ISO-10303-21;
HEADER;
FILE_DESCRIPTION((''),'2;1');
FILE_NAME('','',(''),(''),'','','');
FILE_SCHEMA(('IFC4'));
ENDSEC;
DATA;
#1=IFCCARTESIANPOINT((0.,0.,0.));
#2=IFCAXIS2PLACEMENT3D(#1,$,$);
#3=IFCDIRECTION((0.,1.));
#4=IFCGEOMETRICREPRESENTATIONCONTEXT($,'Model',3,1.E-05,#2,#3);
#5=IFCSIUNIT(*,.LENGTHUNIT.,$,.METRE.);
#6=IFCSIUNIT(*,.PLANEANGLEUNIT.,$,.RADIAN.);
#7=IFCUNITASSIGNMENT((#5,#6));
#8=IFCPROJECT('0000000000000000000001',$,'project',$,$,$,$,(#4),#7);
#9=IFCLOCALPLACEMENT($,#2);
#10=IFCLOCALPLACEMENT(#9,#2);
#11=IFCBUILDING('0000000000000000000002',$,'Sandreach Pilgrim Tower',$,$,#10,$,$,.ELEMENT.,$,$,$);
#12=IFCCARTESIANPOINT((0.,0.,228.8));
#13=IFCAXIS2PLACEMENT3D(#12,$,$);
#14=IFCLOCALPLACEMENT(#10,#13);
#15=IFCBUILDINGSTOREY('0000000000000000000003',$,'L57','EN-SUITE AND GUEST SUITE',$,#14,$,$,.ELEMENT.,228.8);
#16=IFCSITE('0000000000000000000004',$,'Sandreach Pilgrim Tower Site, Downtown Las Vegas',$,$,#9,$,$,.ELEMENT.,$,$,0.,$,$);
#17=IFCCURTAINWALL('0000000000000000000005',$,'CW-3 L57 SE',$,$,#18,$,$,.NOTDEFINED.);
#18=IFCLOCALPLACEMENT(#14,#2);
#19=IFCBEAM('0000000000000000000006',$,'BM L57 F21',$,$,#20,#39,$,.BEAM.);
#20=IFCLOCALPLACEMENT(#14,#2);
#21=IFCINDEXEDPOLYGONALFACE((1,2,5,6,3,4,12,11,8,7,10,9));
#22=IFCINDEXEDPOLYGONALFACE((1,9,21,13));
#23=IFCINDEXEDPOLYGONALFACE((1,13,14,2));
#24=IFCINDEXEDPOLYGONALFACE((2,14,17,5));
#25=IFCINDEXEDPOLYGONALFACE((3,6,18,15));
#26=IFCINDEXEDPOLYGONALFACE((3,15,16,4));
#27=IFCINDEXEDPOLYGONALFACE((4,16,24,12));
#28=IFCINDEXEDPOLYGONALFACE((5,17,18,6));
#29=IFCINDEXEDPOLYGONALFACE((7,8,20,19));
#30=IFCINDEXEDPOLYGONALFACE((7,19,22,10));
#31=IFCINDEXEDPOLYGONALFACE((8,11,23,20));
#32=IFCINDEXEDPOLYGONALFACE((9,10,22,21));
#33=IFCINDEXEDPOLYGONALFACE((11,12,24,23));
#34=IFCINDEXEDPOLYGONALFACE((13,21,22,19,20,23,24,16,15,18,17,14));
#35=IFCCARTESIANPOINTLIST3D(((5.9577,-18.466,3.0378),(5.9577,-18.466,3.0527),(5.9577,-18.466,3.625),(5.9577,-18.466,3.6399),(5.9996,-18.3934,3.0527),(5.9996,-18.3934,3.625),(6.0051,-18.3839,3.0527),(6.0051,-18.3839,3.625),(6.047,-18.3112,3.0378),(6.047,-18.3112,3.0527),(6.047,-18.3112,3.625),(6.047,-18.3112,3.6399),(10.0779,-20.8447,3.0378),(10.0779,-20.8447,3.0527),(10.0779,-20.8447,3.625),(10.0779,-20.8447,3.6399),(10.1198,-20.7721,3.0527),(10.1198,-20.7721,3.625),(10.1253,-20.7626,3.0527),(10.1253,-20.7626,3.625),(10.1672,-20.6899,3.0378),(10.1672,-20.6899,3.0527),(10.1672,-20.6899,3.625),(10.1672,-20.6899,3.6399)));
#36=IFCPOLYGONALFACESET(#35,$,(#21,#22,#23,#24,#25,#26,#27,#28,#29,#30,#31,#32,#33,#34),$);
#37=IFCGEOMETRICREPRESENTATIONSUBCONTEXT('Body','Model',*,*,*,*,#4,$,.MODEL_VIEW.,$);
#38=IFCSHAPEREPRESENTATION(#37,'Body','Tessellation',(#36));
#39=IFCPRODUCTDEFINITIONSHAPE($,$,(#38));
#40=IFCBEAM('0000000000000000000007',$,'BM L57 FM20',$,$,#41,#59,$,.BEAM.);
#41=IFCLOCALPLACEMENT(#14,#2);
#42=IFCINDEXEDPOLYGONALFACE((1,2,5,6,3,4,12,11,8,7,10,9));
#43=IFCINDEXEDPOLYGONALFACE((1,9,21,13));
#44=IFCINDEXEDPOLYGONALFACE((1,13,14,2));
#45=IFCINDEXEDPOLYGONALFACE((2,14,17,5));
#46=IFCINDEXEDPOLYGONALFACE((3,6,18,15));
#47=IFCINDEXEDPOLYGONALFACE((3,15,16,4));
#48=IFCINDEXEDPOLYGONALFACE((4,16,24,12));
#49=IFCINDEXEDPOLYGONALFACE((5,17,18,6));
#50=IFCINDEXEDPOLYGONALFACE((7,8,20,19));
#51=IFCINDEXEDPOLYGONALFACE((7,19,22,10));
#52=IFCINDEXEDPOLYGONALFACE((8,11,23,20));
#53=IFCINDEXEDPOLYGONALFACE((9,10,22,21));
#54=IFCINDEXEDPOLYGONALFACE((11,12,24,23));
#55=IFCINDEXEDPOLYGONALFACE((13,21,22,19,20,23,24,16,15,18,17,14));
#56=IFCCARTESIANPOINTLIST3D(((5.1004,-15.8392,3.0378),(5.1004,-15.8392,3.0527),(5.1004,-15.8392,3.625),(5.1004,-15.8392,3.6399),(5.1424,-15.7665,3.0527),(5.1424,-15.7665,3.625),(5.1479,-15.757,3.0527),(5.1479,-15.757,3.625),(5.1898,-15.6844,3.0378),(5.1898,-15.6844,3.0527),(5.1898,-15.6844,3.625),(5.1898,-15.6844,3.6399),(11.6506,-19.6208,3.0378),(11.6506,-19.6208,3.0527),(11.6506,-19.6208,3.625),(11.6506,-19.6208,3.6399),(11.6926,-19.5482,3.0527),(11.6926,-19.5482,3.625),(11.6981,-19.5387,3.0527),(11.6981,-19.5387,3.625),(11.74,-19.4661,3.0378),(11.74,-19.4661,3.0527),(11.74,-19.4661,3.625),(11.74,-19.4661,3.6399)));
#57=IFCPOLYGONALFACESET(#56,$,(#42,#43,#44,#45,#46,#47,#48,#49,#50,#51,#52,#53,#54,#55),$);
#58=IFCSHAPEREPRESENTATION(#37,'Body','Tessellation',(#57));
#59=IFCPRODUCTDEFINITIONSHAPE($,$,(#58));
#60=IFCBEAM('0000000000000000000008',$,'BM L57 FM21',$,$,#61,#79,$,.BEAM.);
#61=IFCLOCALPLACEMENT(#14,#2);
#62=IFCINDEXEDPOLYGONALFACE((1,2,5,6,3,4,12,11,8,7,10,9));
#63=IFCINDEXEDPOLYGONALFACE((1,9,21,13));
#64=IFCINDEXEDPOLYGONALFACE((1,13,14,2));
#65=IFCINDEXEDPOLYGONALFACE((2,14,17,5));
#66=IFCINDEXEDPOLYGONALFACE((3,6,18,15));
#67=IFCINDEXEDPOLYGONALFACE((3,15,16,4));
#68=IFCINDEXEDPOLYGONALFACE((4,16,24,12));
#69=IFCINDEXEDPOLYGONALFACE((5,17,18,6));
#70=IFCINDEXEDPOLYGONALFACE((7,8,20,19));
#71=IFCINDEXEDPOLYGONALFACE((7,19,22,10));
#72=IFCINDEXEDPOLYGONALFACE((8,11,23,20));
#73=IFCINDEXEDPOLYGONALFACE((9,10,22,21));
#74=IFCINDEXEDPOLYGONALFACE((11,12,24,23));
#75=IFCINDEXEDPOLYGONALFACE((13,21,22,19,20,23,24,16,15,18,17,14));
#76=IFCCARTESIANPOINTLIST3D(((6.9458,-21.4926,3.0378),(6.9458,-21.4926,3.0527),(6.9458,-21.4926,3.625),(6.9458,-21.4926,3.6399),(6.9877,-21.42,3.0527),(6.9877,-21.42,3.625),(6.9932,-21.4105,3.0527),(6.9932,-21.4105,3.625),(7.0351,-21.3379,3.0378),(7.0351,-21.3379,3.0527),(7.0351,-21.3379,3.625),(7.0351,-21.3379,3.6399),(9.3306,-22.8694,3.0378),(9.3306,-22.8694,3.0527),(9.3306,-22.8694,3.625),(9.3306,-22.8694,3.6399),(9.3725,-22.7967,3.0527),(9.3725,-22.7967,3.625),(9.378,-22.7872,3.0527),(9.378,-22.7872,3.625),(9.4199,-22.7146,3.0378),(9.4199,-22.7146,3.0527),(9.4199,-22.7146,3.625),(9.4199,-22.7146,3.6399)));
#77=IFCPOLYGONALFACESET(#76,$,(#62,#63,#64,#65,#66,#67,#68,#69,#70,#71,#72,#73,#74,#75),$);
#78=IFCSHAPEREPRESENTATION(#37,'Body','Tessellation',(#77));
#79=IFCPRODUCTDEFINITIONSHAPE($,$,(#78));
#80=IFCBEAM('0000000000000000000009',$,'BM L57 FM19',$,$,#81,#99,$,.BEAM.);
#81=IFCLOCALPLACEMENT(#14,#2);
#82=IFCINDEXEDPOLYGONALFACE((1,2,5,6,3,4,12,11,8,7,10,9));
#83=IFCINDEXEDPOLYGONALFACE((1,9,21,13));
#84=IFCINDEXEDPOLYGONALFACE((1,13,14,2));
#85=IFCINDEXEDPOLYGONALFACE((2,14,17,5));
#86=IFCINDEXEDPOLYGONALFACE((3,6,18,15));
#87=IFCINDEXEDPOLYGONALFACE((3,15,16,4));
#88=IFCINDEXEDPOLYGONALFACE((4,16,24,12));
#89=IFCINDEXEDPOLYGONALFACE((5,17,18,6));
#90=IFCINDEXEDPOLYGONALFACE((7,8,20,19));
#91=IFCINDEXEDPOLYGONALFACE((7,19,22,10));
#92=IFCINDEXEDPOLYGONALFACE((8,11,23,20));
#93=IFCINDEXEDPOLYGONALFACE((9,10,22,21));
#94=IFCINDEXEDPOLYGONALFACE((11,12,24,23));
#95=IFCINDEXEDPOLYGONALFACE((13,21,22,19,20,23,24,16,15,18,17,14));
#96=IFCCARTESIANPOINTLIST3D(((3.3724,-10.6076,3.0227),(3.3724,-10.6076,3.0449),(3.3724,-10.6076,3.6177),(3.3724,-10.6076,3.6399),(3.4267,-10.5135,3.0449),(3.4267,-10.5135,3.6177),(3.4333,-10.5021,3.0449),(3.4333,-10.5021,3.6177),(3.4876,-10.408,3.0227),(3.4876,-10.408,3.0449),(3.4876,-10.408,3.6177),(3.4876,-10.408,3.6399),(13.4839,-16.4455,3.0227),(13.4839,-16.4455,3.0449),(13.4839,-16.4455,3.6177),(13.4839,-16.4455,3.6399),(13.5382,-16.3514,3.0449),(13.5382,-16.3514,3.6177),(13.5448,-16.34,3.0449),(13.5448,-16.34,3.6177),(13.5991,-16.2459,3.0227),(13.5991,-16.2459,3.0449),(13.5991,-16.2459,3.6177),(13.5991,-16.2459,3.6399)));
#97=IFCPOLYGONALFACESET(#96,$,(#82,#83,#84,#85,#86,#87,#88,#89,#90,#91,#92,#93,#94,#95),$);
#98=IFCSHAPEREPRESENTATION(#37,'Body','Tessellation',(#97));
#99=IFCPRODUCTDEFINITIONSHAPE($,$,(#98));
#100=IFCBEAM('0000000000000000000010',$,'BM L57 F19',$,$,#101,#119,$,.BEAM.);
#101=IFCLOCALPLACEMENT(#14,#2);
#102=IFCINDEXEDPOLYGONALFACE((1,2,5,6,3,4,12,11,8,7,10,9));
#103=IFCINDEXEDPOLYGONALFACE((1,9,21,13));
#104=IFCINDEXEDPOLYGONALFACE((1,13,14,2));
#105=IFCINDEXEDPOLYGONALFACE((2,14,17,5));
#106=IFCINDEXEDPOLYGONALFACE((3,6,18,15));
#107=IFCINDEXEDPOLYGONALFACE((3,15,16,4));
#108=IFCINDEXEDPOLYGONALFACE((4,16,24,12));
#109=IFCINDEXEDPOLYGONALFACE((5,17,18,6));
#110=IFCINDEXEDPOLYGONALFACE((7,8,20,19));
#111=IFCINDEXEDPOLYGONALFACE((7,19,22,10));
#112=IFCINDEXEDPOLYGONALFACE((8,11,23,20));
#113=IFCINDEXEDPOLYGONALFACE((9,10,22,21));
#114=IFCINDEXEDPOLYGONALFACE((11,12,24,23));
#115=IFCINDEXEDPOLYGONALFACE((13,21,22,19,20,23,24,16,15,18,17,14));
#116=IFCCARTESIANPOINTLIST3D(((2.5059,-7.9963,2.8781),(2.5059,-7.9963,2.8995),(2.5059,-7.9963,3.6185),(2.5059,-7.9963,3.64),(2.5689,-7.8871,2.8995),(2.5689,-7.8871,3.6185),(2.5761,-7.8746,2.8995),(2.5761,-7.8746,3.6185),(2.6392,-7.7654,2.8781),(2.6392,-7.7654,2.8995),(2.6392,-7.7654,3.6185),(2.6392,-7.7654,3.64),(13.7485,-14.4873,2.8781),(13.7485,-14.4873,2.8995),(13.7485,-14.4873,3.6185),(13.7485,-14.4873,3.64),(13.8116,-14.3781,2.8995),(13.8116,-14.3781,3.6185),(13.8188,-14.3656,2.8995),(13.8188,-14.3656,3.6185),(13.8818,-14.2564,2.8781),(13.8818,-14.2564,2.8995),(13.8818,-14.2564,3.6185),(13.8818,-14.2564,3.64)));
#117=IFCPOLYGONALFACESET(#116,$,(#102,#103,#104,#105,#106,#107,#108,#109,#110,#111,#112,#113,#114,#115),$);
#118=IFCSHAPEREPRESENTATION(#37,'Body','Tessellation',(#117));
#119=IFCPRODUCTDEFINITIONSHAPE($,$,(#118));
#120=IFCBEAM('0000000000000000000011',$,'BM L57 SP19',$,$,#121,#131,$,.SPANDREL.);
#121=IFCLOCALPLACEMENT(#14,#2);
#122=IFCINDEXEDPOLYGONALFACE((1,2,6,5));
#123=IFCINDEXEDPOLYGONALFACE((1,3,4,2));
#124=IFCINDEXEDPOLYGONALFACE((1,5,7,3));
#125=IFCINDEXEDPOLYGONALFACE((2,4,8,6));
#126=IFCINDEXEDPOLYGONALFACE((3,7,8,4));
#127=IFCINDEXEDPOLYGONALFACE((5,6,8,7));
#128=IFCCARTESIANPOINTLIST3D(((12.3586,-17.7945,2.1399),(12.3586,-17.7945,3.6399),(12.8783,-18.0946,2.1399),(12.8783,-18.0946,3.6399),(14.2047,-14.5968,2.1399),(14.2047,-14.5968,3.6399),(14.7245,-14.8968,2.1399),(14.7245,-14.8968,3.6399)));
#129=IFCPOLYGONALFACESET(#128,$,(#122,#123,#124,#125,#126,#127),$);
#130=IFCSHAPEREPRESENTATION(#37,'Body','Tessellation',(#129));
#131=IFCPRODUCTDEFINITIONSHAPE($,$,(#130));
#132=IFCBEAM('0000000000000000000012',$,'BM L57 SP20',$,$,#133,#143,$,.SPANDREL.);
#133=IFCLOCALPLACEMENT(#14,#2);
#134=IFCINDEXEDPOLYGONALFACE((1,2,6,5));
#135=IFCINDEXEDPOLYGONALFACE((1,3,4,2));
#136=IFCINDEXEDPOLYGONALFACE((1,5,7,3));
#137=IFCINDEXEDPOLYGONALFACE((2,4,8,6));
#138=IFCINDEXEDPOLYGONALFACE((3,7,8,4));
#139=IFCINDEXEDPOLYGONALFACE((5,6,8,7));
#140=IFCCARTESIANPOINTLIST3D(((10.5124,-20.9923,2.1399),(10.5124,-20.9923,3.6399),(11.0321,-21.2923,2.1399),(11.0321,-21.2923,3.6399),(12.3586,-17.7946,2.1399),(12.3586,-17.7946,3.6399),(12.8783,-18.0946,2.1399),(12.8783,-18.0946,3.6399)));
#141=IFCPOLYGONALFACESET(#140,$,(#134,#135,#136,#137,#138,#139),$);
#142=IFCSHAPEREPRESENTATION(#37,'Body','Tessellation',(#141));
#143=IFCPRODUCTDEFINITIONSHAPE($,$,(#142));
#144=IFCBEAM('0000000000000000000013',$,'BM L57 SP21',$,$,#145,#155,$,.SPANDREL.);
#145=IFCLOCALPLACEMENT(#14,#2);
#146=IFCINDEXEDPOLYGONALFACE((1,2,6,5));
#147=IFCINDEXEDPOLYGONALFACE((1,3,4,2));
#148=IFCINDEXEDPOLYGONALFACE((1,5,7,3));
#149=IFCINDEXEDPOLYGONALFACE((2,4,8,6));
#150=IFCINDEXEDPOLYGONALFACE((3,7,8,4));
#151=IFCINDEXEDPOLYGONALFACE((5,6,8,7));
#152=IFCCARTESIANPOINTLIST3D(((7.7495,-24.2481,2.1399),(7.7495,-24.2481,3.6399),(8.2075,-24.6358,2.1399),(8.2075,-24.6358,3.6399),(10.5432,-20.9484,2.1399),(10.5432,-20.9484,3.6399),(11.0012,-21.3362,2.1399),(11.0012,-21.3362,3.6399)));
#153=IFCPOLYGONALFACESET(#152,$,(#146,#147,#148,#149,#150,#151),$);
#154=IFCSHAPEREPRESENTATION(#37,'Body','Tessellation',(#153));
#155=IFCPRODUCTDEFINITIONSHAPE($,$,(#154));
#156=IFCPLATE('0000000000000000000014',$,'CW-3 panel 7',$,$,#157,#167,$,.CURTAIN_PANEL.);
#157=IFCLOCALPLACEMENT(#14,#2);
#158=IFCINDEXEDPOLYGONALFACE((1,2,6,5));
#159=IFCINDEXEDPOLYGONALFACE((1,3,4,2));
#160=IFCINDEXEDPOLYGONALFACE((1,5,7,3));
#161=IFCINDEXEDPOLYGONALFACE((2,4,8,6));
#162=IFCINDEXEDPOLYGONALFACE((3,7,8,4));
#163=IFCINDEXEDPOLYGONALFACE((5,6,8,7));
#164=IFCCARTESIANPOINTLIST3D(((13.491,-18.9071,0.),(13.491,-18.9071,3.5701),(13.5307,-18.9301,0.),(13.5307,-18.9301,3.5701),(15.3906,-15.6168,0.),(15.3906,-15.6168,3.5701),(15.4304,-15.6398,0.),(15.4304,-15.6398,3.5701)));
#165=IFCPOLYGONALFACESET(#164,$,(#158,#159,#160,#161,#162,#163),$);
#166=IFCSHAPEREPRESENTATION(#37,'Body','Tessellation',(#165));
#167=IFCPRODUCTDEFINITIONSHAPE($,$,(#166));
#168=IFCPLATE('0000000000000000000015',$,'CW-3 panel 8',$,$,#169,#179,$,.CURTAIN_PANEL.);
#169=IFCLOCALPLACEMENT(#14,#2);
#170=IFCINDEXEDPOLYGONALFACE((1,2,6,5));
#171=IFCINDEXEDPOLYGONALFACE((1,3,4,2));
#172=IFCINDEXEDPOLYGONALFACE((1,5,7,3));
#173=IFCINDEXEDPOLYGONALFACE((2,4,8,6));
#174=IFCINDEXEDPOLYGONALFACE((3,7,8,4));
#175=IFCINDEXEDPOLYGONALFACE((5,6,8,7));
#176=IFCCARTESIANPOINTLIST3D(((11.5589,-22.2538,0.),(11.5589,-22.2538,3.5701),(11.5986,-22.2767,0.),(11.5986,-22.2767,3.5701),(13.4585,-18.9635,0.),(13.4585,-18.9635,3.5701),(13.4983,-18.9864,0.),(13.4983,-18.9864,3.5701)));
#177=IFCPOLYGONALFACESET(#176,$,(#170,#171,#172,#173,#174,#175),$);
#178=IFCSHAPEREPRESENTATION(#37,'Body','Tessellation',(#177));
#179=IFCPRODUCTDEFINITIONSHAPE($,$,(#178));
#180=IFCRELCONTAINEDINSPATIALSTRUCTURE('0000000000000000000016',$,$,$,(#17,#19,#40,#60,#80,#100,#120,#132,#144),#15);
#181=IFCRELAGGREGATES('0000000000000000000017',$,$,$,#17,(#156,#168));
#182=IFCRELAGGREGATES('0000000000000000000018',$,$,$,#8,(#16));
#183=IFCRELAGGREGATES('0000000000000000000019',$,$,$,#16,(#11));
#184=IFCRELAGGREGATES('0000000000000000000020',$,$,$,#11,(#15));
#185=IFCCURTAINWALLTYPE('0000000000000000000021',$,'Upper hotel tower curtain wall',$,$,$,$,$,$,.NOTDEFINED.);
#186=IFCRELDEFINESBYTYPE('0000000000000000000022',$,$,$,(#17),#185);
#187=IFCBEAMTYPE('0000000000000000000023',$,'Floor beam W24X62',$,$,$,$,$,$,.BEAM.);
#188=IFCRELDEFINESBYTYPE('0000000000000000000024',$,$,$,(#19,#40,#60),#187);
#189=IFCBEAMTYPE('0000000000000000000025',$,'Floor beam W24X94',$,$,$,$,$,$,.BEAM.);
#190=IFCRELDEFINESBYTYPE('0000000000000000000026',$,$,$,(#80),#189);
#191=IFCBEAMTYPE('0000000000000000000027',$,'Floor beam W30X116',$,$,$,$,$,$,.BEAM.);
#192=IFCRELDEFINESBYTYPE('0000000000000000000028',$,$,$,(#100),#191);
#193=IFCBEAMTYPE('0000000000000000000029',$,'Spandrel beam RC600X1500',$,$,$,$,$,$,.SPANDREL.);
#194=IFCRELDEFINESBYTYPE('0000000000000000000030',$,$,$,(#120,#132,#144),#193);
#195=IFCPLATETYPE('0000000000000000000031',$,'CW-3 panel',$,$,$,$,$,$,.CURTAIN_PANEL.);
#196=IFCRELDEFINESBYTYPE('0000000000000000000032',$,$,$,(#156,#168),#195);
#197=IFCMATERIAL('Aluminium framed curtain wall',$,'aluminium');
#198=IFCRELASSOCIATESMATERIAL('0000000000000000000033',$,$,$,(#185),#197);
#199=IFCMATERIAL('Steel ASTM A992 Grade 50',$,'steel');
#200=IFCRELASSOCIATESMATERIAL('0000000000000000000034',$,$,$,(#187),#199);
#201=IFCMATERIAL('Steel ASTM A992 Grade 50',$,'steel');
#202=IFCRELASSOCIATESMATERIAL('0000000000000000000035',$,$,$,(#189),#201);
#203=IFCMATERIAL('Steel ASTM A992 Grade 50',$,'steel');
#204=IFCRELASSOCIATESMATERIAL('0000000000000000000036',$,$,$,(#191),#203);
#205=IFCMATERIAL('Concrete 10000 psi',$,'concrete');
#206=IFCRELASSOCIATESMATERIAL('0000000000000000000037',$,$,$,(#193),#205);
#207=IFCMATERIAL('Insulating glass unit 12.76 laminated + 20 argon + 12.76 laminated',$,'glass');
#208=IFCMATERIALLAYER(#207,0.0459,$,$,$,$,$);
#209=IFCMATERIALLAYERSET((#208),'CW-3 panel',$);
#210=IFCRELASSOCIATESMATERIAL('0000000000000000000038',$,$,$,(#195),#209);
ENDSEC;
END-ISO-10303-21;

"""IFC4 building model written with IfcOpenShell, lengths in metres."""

from ifc_helpers import new_model, si_unit, direction, frame, origin, origin_2d, place, context, subcontext, project, spatial, rectangle, i_section, extrude, material, layer, layer_set, material_profile, profile_set, type_object, element, aggregate, save


model = new_model("IFC4")

# Units and contexts
model_context = context("Model", 3, precision=1e-05, world=origin(), true_north=direction((0.0, 1.0)))
body_context = subcontext(model_context, "Body", "Model", "MODEL_VIEW")
ifc_project = project(units=[si_unit("LENGTHUNIT", "METRE"), si_unit("PLANEANGLEUNIT", "RADIAN")], contexts=[model_context])

# Site, building, storey
site_placement = place(None, origin())
site = spatial("IfcSite", under=ifc_project, at=site_placement, Name="Sandreach Pilgrim Tower Site, Downtown Las Vegas", CompositionType="ELEMENT", RefElevation=0.0)
building_placement = place(site_placement, origin())
building = spatial("IfcBuilding", under=site, at=building_placement, Name="Sandreach Pilgrim Tower", CompositionType="ELEMENT")
storey_placement = place(building_placement, frame((0.0, 0.0, 228.8)))
storey = spatial("IfcBuildingStorey", under=building, at=storey_placement, Name="L57", Description="EN-SUITE AND GUEST SUITE", CompositionType="ELEMENT", Elevation=228.8)

# Curtain wall
ifc_material_1 = material(Name="Aluminium framed curtain wall", Category="aluminium")
curtain_wall_type = type_object("IfcCurtainWallType", Name="Upper hotel tower curtain wall", PredefinedType="NOTDEFINED", material=ifc_material_1)
curtain_wall_1_placement = place(storey_placement, origin())
curtain_wall_1 = element("IfcCurtainWall", 1, at=curtain_wall_1_placement, inside=storey, type_object=curtain_wall_type, Name="CW-3 L57 SE", PredefinedType="NOTDEFINED")

# Beams
ifc_material_2 = material(Name="Steel ASTM A992 Grade 50", Category="steel")
ifc_material_profile_1 = material_profile(ifc_material_2, i_section(OverallWidth=0.1787, OverallDepth=0.6021, WebThickness=0.011, FlangeThickness=0.0149, at=origin_2d()), Name="W24X62")
ifc_profile_set_1 = profile_set([ifc_material_profile_1], Name="Steel ASTM A992 Grade 50")
beam_type_1 = type_object("IfcBeamType", Name="Floor beam W24X62", PredefinedType="BEAM", material=ifc_profile_set_1)
beam_1_placement = place(storey_placement, frame((10.1226, -20.7673, 3.3389), z_axis=(-0.866033, 0.499986, 0.0), x_axis=(-0.499986, -0.866033, 0.0)))
element("IfcBeam", 2, at=beam_1_placement, inside=storey, type_object=beam_type_1, Name="BM L57 F21", PredefinedType="BEAM", context=body_context, shape_type="SweptSolid", body=[
    extrude(i_section(OverallWidth=0.1787, OverallDepth=0.6021, WebThickness=0.011, FlangeThickness=0.0149, at=origin_2d()), origin(), (0.0, 0.0, 1.0), 4.7576),
])
beam_2_placement = place(storey_placement, frame((11.6953, -19.5435, 3.3389), z_axis=(-0.86603, 0.499993, 0.0), x_axis=(-0.499993, -0.86603, 0.0)))
element("IfcBeam", 3, at=beam_2_placement, inside=storey, type_object=beam_type_1, Name="BM L57 FM20", PredefinedType="BEAM", context=body_context, shape_type="SweptSolid", body=[
    extrude(i_section(OverallWidth=0.1787, OverallDepth=0.6021, WebThickness=0.011, FlangeThickness=0.0149, at=origin_2d()), origin(), (0.0, 0.0, 1.0), 7.5635),
])
beam_3_placement = place(storey_placement, frame((9.3752, -22.792, 3.3389), z_axis=(-0.866047, 0.499963, 0.0), x_axis=(-0.499963, -0.866047, 0.0)))
element("IfcBeam", 4, at=beam_3_placement, inside=storey, type_object=beam_type_1, Name="BM L57 FM21", PredefinedType="BEAM", context=body_context, shape_type="SweptSolid", body=[
    extrude(i_section(OverallWidth=0.1787, OverallDepth=0.6021, WebThickness=0.011, FlangeThickness=0.0149, at=origin_2d()), origin(), (0.0, 0.0, 1.0), 2.7537),
])
ifc_material_3 = material(Name="Steel ASTM A992 Grade 50", Category="steel")
ifc_material_profile_2 = material_profile(ifc_material_3, i_section(OverallWidth=0.2305, OverallDepth=0.6172, WebThickness=0.0132, FlangeThickness=0.0222, at=origin_2d()), Name="W24X94")
ifc_profile_set_2 = profile_set([ifc_material_profile_2], Name="Steel ASTM A992 Grade 50")
beam_type_2 = type_object("IfcBeamType", Name="Floor beam W24X94", PredefinedType="BEAM", material=ifc_profile_set_2)
beam_4_placement = place(storey_placement, frame((13.5415, -16.3457, 3.3313), z_axis=(-0.866026, 0.499998, 0.0), x_axis=(-0.499998, -0.866026, 0.0)))
element("IfcBeam", 5, at=beam_4_placement, inside=storey, type_object=beam_type_2, Name="BM L57 FM19", PredefinedType="BEAM", context=body_context, shape_type="SweptSolid", body=[
    extrude(i_section(OverallWidth=0.2305, OverallDepth=0.6172, WebThickness=0.0132, FlangeThickness=0.0222, at=origin_2d()), origin(), (0.0, 0.0, 1.0), 11.6758),
])
ifc_material_4 = material(Name="Steel ASTM A992 Grade 50", Category="steel")
ifc_material_profile_3 = material_profile(ifc_material_4, i_section(OverallWidth=0.2666, OverallDepth=0.762, WebThickness=0.0144, FlangeThickness=0.0215, at=origin_2d()), Name="W30X116")
ifc_profile_set_3 = profile_set([ifc_material_profile_3], Name="Steel ASTM A992 Grade 50")
beam_type_3 = type_object("IfcBeamType", Name="Floor beam W30X116", PredefinedType="BEAM", material=ifc_profile_set_3)
beam_5_placement = place(storey_placement, frame((13.8152, -14.3718, 3.259), z_axis=(-0.866025, 0.5, 0.0), x_axis=(-0.5, -0.866025, 0.0)))
element("IfcBeam", 6, at=beam_5_placement, inside=storey, type_object=beam_type_3, Name="BM L57 F19", PredefinedType="BEAM", context=body_context, shape_type="SweptSolid", body=[
    extrude(i_section(OverallWidth=0.2666, OverallDepth=0.762, WebThickness=0.0144, FlangeThickness=0.0215, at=origin_2d()), origin(), (0.0, 0.0, 1.0), 12.9819),
])
ifc_material_5 = material(Name="Concrete 10000 psi", Category="concrete")
ifc_material_profile_4 = material_profile(ifc_material_5, rectangle(XDim=0.6001, YDim=1.5, at=origin_2d()), Name="RC600X1500")
ifc_profile_set_4 = profile_set([ifc_material_profile_4], Name="Concrete 10000 psi")
beam_type_4 = type_object("IfcBeamType", Name="Spandrel beam RC600X1500", PredefinedType="SPANDREL", material=ifc_profile_set_4)
for number, where, z_axis, x_axis, name in (
    (7, (14.4646, -14.7468, 2.8899), (-0.499993, -0.866029, 0.0), (0.866029, -0.499993, 0.0), "BM L57 SP19"),
    (8, (12.6184, -17.9446, 2.8899), (-0.499993, -0.866029, 0.0), (0.866029, -0.499993, 0.0), "BM L57 SP20"),
):
    element("IfcBeam", number, at=place(storey_placement, frame(where, z_axis=z_axis, x_axis=x_axis)), inside=storey, type_object=beam_type_4, Name=name, PredefinedType="SPANDREL", context=body_context, shape_type="SweptSolid", body=[
        extrude(rectangle(XDim=0.6001, YDim=1.5, at=origin_2d()), origin(), (0.0, 0.0, 1.0), 3.6924),
    ])
beam_6_placement = place(storey_placement, frame((10.7722, -21.1423, 2.8899), z_axis=(-0.64618, -0.763185, 0.0), x_axis=(0.763185, -0.64618, 0.0)))
element("IfcBeam", 9, at=beam_6_placement, inside=storey, type_object=beam_type_4, Name="BM L57 SP21", PredefinedType="SPANDREL", context=body_context, shape_type="SweptSolid", body=[
    extrude(rectangle(XDim=0.6001, YDim=1.5, at=origin_2d()), origin(), (0.0, 0.0, 1.0), 4.3235),
])

# Plates
ifc_material_6 = material(Name="Insulating glass unit 12.76 laminated + 20 argon + 12.76 laminated", Category="glass")
ifc_layer_1 = layer(ifc_material_6, 0.0459)
ifc_layer_set_1 = layer_set([ifc_layer_1], Name="CW-3 panel")
plate_type = type_object("IfcPlateType", Name="CW-3 panel", PredefinedType="CURTAIN_PANEL", material=ifc_layer_set_1)
plate_1_placement = place(storey_placement, frame((14.4607, -17.2734, 0.0), z_axis=(0.0, 0.0, 1.0), x_axis=(-0.5, -0.866025, 0.0)))
plate_1 = element("IfcPlate", 10, at=plate_1_placement, type_object=plate_type, Name="CW-3 panel 7", PredefinedType="CURTAIN_PANEL", context=body_context, shape_type="SweptSolid", body=[
    extrude(rectangle(XDim=3.7993, YDim=0.0459, at=origin_2d()), origin(), (0.0, 0.0, 1.0), 3.5701),
])
plate_2_placement = place(storey_placement, frame((12.5286, -20.6201, 0.0), z_axis=(0.0, 0.0, 1.0), x_axis=(-0.5, -0.866025, 0.0)))
plate_2 = element("IfcPlate", 11, at=plate_2_placement, type_object=plate_type, Name="CW-3 panel 8", PredefinedType="CURTAIN_PANEL", context=body_context, shape_type="SweptSolid", body=[
    extrude(rectangle(XDim=3.7993, YDim=0.0459, at=origin_2d()), origin(), (0.0, 0.0, 1.0), 3.5701),
])
aggregate(curtain_wall_1, [plate_1, plate_2])

save(model, "model.ifc")
